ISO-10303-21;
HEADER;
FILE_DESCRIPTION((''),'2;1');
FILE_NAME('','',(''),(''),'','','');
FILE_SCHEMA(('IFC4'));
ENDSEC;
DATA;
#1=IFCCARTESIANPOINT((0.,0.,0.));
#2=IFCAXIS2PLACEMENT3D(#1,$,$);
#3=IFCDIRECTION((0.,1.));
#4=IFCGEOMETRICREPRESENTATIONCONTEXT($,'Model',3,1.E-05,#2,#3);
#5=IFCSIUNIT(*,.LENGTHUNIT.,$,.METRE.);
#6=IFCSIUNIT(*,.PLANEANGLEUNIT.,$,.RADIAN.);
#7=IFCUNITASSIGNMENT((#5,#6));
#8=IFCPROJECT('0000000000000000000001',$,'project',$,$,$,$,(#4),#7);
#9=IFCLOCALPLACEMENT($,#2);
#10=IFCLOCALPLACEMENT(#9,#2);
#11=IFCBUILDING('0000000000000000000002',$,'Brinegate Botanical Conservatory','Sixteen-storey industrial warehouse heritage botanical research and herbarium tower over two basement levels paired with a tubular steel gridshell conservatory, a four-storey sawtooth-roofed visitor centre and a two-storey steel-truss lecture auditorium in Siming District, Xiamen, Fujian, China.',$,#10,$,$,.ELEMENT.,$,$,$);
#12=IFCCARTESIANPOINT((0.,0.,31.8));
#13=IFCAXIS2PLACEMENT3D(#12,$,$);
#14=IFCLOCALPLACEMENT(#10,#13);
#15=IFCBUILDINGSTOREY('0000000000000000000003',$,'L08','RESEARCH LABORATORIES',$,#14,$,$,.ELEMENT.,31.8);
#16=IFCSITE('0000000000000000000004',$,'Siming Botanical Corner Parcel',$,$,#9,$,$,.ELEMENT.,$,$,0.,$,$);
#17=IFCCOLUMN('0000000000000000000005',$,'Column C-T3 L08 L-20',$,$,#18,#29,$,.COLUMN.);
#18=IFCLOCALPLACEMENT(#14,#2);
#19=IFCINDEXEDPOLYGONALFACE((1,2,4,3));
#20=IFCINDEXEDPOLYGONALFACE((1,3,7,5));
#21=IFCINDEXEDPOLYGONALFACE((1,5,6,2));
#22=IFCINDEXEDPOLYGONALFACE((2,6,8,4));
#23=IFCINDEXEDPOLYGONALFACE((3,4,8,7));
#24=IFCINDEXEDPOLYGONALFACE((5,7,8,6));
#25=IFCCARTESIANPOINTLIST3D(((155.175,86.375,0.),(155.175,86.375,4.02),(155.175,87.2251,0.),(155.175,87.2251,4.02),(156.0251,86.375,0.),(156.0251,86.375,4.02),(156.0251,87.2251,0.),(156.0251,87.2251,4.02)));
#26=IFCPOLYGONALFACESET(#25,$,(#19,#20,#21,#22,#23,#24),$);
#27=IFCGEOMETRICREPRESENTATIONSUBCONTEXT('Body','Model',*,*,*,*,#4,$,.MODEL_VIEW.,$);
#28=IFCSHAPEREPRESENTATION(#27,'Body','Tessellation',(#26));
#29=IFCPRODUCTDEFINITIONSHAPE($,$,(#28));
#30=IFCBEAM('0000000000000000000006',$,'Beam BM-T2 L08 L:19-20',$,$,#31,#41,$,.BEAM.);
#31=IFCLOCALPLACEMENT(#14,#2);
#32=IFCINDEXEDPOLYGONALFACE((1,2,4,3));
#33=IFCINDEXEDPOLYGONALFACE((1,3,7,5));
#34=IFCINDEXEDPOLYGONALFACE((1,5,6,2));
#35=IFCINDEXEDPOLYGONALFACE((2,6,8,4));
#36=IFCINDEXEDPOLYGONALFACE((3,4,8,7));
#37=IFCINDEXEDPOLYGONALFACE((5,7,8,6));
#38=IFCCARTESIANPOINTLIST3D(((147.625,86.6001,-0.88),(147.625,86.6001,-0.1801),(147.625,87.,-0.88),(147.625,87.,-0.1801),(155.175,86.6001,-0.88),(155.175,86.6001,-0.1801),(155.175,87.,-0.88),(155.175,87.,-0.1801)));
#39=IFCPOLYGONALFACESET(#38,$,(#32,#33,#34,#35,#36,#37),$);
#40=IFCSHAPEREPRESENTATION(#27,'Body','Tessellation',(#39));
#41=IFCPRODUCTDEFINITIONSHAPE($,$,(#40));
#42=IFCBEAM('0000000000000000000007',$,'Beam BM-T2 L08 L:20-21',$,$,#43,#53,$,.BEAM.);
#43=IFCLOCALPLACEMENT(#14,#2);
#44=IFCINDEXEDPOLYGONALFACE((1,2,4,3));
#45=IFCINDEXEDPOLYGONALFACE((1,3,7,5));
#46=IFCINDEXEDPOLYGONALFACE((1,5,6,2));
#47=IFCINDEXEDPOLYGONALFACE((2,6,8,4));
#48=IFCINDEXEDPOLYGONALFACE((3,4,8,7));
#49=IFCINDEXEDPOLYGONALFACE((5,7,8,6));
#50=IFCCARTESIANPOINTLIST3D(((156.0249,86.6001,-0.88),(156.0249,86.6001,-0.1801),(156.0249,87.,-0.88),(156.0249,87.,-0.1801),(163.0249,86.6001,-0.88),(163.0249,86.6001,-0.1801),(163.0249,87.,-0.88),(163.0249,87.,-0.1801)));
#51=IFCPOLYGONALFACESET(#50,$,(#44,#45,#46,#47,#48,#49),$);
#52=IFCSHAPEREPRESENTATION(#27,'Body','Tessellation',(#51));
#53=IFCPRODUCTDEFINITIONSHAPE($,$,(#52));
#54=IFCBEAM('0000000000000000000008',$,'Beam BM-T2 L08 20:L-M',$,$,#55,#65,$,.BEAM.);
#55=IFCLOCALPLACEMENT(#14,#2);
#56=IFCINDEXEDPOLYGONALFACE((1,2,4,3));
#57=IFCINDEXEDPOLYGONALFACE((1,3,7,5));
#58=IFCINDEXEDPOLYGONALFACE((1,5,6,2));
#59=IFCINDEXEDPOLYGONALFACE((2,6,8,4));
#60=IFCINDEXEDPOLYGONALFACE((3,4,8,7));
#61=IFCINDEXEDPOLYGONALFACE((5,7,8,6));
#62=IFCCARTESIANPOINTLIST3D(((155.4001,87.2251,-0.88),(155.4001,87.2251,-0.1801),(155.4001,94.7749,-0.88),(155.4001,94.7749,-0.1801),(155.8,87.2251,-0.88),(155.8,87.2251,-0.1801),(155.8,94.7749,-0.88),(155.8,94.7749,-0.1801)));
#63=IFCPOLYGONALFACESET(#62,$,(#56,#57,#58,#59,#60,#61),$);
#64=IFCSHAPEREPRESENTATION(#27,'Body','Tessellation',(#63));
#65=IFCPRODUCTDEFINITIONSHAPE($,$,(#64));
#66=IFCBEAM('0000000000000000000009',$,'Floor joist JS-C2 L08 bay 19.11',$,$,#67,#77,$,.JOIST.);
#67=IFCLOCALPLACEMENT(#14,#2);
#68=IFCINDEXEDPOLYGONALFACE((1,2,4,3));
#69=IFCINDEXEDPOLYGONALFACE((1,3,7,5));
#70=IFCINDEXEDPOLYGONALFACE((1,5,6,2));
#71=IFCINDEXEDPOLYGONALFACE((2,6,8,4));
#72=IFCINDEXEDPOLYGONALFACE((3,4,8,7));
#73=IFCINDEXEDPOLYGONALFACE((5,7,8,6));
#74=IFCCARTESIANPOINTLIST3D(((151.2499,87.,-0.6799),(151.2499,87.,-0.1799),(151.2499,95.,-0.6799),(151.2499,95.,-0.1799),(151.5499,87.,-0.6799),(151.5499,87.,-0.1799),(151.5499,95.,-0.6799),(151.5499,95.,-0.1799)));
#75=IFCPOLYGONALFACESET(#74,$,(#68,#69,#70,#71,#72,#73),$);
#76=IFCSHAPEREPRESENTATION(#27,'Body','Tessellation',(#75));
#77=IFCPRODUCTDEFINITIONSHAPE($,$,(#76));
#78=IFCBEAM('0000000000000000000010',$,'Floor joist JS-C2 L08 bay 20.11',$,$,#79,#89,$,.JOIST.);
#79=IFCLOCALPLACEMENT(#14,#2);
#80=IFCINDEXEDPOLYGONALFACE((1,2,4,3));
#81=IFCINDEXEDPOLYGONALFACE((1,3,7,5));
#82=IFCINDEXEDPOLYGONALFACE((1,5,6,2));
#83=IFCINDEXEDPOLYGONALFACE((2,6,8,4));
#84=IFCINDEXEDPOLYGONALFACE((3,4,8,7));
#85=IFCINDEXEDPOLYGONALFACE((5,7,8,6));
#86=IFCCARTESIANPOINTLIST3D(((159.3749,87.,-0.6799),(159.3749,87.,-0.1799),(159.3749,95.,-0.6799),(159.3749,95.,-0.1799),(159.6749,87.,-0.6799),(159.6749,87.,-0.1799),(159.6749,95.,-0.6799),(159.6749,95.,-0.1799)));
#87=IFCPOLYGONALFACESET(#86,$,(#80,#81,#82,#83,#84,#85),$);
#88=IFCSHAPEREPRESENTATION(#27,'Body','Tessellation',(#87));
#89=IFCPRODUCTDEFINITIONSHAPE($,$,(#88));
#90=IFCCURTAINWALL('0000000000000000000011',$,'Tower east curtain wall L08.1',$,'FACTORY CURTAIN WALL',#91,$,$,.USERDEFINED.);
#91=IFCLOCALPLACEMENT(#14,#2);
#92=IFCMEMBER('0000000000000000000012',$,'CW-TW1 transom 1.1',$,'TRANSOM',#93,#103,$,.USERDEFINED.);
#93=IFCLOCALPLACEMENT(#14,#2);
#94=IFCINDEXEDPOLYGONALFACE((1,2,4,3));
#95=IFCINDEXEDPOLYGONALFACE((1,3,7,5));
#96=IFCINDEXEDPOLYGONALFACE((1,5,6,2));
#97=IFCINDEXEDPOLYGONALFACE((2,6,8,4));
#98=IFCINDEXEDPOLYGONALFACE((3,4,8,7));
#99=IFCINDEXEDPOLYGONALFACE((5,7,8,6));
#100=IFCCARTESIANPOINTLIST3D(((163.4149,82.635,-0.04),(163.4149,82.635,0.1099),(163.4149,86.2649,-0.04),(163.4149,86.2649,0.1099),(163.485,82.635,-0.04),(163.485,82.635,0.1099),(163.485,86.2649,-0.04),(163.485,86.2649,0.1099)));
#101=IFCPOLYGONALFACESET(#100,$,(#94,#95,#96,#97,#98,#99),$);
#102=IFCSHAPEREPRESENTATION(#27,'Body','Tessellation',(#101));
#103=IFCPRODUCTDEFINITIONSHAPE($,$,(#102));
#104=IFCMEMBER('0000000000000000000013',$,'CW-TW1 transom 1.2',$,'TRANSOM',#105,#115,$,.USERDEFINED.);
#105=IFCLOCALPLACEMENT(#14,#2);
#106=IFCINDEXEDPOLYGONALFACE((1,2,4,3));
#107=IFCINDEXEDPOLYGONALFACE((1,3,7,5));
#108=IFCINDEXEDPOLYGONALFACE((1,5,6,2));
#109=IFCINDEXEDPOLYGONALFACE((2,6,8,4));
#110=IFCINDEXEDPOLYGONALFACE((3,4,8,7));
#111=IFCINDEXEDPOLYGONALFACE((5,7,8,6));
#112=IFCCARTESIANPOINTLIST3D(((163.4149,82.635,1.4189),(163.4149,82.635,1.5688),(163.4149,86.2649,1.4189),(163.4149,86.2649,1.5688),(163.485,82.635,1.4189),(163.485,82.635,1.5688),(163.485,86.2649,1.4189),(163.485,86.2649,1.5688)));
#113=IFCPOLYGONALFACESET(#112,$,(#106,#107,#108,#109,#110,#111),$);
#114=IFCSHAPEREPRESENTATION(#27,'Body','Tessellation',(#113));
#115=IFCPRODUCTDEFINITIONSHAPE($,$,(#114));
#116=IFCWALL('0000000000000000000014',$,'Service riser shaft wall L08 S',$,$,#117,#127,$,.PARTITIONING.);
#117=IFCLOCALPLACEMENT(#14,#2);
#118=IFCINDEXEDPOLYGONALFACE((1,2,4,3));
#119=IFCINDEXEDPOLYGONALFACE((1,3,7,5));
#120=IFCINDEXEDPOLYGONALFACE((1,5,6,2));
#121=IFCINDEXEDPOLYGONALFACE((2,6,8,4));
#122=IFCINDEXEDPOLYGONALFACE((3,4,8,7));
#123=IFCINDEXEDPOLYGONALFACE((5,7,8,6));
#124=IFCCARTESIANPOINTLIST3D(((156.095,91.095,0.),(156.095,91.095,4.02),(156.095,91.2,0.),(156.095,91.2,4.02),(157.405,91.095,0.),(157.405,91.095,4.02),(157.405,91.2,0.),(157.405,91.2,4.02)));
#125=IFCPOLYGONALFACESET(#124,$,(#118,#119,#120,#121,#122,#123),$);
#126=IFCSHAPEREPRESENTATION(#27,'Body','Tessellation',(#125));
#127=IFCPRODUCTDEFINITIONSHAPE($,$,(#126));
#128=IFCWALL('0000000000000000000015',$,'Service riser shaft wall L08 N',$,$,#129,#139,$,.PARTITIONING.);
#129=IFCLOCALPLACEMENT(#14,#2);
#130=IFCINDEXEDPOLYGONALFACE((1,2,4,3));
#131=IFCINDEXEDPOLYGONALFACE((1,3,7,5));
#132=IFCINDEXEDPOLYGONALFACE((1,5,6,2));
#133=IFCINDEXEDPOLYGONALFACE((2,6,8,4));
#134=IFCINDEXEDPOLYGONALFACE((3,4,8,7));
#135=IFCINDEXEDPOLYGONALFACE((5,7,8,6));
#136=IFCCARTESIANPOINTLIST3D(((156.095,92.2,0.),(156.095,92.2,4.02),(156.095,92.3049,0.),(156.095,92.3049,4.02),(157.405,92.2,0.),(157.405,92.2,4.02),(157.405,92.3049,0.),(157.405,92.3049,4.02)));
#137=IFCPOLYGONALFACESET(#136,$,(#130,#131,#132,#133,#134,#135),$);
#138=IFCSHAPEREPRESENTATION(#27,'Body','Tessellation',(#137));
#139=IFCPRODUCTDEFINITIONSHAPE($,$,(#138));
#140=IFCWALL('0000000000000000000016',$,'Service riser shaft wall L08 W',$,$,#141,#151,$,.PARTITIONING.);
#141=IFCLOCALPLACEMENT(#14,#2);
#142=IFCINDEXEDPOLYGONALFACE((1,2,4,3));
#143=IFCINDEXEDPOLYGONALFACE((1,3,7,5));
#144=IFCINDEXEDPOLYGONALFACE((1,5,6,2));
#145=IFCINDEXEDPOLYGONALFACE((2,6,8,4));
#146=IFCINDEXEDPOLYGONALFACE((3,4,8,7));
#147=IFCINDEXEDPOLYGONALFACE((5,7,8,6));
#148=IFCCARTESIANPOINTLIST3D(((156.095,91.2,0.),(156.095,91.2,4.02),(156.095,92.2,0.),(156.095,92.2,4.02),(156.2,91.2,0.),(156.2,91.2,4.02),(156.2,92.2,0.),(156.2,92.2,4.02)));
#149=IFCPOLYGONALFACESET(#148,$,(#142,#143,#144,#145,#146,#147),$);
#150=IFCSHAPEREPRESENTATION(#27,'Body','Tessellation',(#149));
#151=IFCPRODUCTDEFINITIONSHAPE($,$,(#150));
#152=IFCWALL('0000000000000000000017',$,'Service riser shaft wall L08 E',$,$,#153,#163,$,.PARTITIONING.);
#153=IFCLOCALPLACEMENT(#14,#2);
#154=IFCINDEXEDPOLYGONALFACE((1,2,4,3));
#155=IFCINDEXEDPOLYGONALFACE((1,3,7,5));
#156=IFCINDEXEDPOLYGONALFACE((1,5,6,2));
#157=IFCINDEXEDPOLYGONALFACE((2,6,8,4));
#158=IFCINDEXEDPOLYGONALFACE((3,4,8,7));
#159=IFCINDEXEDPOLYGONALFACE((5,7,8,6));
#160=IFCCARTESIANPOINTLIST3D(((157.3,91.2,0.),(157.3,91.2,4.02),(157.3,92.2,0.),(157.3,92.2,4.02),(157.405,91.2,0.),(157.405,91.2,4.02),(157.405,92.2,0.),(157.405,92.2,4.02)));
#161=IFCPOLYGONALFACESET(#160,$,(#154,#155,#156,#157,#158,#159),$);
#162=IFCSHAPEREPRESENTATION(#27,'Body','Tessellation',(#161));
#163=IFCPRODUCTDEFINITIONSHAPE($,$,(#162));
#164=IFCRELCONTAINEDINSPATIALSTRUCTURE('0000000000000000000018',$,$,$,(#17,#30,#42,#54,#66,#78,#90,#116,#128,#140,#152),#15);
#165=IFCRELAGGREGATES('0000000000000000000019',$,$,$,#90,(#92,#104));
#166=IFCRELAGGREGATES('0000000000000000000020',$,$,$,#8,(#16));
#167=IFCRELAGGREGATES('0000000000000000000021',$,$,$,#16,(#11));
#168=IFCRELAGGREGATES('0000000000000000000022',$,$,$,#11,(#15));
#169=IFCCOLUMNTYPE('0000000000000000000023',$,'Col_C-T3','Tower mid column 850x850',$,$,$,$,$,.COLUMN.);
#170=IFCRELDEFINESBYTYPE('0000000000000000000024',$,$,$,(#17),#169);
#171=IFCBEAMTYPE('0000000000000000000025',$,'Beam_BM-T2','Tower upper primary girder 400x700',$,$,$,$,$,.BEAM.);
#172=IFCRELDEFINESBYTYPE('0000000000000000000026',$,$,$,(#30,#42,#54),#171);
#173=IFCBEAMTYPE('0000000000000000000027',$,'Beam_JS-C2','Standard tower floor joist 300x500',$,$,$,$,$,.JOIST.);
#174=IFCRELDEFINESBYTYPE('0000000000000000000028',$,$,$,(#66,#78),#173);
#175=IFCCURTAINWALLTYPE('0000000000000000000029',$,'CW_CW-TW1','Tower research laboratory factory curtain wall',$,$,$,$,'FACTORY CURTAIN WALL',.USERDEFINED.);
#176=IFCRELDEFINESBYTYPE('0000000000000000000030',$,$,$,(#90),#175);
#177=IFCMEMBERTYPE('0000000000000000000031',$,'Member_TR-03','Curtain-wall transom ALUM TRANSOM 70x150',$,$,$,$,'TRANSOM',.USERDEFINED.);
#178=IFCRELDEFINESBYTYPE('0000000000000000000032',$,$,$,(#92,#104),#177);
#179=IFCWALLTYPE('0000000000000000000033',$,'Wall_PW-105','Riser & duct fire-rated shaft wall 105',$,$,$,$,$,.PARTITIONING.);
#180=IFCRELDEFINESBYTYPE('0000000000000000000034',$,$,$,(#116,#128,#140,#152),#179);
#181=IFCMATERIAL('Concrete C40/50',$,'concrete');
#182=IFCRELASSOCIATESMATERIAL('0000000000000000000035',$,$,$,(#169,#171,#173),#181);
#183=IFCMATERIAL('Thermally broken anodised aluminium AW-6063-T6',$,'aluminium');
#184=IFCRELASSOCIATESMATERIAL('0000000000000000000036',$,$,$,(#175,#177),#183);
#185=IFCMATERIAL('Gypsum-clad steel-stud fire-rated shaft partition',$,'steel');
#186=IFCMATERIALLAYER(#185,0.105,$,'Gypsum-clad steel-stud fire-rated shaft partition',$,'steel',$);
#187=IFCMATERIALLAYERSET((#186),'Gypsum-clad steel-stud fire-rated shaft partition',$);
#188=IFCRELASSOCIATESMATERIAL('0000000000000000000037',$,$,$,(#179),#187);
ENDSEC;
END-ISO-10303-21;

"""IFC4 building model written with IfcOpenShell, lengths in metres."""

from ifc_helpers import new_model, si_unit, direction, frame, frame_2d, origin, origin_2d, place, context, subcontext, project, spatial, rectangle, extrude, material, layer, layer_set, material_profile, profile_set, type_object, element, aggregate, save


model = new_model("IFC4")

# Units and contexts
model_context = context("Model", 3, precision=1e-05, world=origin(), true_north=direction((0.0, 1.0)))
body_context = subcontext(model_context, "Body", "Model", "MODEL_VIEW")
ifc_project = project(units=[si_unit("LENGTHUNIT", "METRE"), si_unit("PLANEANGLEUNIT", "RADIAN")], contexts=[model_context])

# Site, building, storey
site_placement = place(None, origin())
site = spatial("IfcSite", under=ifc_project, at=site_placement, Name="Siming Botanical Corner Parcel", CompositionType="ELEMENT", RefElevation=0.0)
building_placement = place(site_placement, origin())
building = spatial("IfcBuilding", under=site, at=building_placement, Name="Brinegate Botanical Conservatory", Description="Sixteen-storey industrial warehouse heritage botanical research and herbarium tower over two basement levels paired with a tubular steel gridshell conservatory, a four-storey sawtooth-roofed visitor centre and a two-storey steel-truss lecture auditorium in Siming District, Xiamen, Fujian, China.", CompositionType="ELEMENT")
storey_placement = place(building_placement, frame((0.0, 0.0, 31.8)))
storey = spatial("IfcBuildingStorey", under=building, at=storey_placement, Name="L08", Description="RESEARCH LABORATORIES", CompositionType="ELEMENT", Elevation=31.8)

# Column
ifc_material_1 = material(Name="Concrete C40/50", Category="concrete")
ifc_material_profile_1 = material_profile(ifc_material_1, rectangle(XDim=0.8501, YDim=0.8501, at=origin_2d()), Name="RC COL 850x850")
ifc_profile_set_1 = profile_set([ifc_material_profile_1], Name="Concrete C40/50")
column_type = type_object("IfcColumnType", Name="Col_C-T3", Description="Tower mid column 850x850", PredefinedType="COLUMN", material=ifc_profile_set_1)
column_placement = place(storey_placement, frame((155.6001, 86.8, 0.0), z_axis=(0.0, 0.0, 1.0), x_axis=(1.0, 0.0, 0.0)))
element("IfcColumn", 1, at=column_placement, inside=storey, type_object=column_type, Name="Column C-T3 L08 L-20", PredefinedType="COLUMN", context=body_context, shape_type="SweptSolid", body=[
    extrude(rectangle(XDim=0.8501, YDim=0.8501, at=origin_2d()), origin(), (0.0, 0.0, 1.0), 4.02),
])

# Beams
ifc_material_profile_2 = material_profile(ifc_material_1, rectangle(XDim=0.3999, YDim=0.7, at=origin_2d()), Name="RC BM 400x700")
ifc_profile_set_2 = profile_set([ifc_material_profile_2], Name="Concrete C40/50")
beam_type_1 = type_object("IfcBeamType", Name="Beam_BM-T2", Description="Tower upper primary girder 400x700", PredefinedType="BEAM", material=ifc_profile_set_2)
beam_1_placement = place(storey_placement, frame((147.625, 86.8, -0.53), z_axis=(1.0, 0.0, 0.0), x_axis=(0.0, 1.0, 0.0)))
element("IfcBeam", 2, at=beam_1_placement, inside=storey, type_object=beam_type_1, Name="Beam BM-T2 L08 L:19-20", PredefinedType="BEAM", context=body_context, shape_type="SweptSolid", body=[
    extrude(rectangle(XDim=0.3999, YDim=0.7, at=origin_2d()), origin(), (0.0, 0.0, 1.0), 7.55),
])
beam_2_placement = place(storey_placement, frame((156.0249, 86.8, -0.53), z_axis=(1.0, 0.0, 0.0), x_axis=(0.0, 1.0, 0.0)))
element("IfcBeam", 3, at=beam_2_placement, inside=storey, type_object=beam_type_1, Name="Beam BM-T2 L08 L:20-21", PredefinedType="BEAM", context=body_context, shape_type="SweptSolid", body=[
    extrude(rectangle(XDim=0.3999, YDim=0.7, at=origin_2d()), origin(), (0.0, 0.0, 1.0), 7.0),
])
beam_3_placement = place(storey_placement, frame((155.6001, 87.2251, -0.53), z_axis=(0.0, 1.0, 0.0), x_axis=(-1.0, 0.0, 0.0)))
element("IfcBeam", 4, at=beam_3_placement, inside=storey, type_object=beam_type_1, Name="Beam BM-T2 L08 20:L-M", PredefinedType="BEAM", context=body_context, shape_type="SweptSolid", body=[
    extrude(rectangle(XDim=0.3999, YDim=0.7, at=origin_2d()), origin(), (0.0, 0.0, 1.0), 7.5498),
])
ifc_material_profile_3 = material_profile(ifc_material_1, rectangle(XDim=0.3, YDim=0.5, at=origin_2d()), Name="RC JST 300x500")
ifc_profile_set_3 = profile_set([ifc_material_profile_3], Name="Concrete C40/50")
beam_type_2 = type_object("IfcBeamType", Name="Beam_JS-C2", Description="Standard tower floor joist 300x500", PredefinedType="JOIST", material=ifc_profile_set_3)
for number, where, z_axis, x_axis, name in (
    (5, (151.3999, 87.0, -0.4299), (0.0, 1.0, 0.0), (-1.0, 0.0, 0.0), "Floor joist JS-C2 L08 bay 19.11"),
    (6, (159.5249, 87.0, -0.4299), (0.0, 1.0, 0.0), (-1.0, 0.0, 0.0), "Floor joist JS-C2 L08 bay 20.11"),
):
    element("IfcBeam", number, at=place(storey_placement, frame(where, z_axis=z_axis, x_axis=x_axis)), inside=storey, type_object=beam_type_2, Name=name, PredefinedType="JOIST", context=body_context, shape_type="SweptSolid", body=[
        extrude(rectangle(XDim=0.3, YDim=0.5, at=origin_2d()), origin(), (0.0, 0.0, 1.0), 8.0),
    ])

# Curtain wall, members
ifc_material_2 = material(Name="Thermally broken anodised aluminium AW-6063-T6", Category="aluminium")
curtain_wall_type = type_object("IfcCurtainWallType", Name="CW_CW-TW1", Description="Tower research laboratory factory curtain wall", ElementType="FACTORY CURTAIN WALL", PredefinedType="USERDEFINED", material=ifc_material_2)
curtain_wall_placement = place(storey_placement, origin())
curtain_wall = element("IfcCurtainWall", 7, at=curtain_wall_placement, inside=storey, type_object=curtain_wall_type, Name="Tower east curtain wall L08.1", ObjectType="FACTORY CURTAIN WALL", PredefinedType="USERDEFINED")
ifc_material_profile_4 = material_profile(ifc_material_2, rectangle(XDim=0.0701, YDim=0.1499, at=origin_2d()), Name="ALUM TRANSOM 70x150")
ifc_profile_set_4 = profile_set([ifc_material_profile_4], Name="Thermally broken anodised aluminium AW-6063-T6")
member_type = type_object("IfcMemberType", Name="Member_TR-03", Description="Curtain-wall transom ALUM TRANSOM 70x150", ElementType="TRANSOM", PredefinedType="USERDEFINED", material=ifc_profile_set_4)
member_1_placement = place(storey_placement, frame((163.45, 86.2649, 0.0349), z_axis=(0.0, -1.0, 0.0), x_axis=(1.0, 0.0, 0.0)))
member_1 = element("IfcMember", 8, at=member_1_placement, type_object=member_type, Name="CW-TW1 transom 1.1", ObjectType="TRANSOM", PredefinedType="USERDEFINED", context=body_context, shape_type="SweptSolid", body=[
    extrude(rectangle(XDim=0.0701, YDim=0.1499, at=origin_2d()), origin(), (0.0, 0.0, 1.0), 3.6299),
])
member_2_placement = place(storey_placement, frame((163.45, 86.2649, 1.4939), z_axis=(0.0, -1.0, 0.0), x_axis=(1.0, 0.0, 0.0)))
member_2 = element("IfcMember", 9, at=member_2_placement, type_object=member_type, Name="CW-TW1 transom 1.2", ObjectType="TRANSOM", PredefinedType="USERDEFINED", context=body_context, shape_type="SweptSolid", body=[
    extrude(rectangle(XDim=0.0701, YDim=0.1499, at=origin_2d()), origin(), (0.0, 0.0, 1.0), 3.6299),
])
aggregate(curtain_wall, [member_1, member_2])

# Walls
ifc_material_3 = material(Name="Gypsum-clad steel-stud fire-rated shaft partition", Category="steel")
ifc_layer_1 = layer(ifc_material_3, 0.105, Name="Gypsum-clad steel-stud fire-rated shaft partition", Category="steel")
ifc_layer_set_1 = layer_set([ifc_layer_1], Name="Gypsum-clad steel-stud fire-rated shaft partition")
wall_type_1 = type_object("IfcWallType", Name="Wall_PW-105", Description="Riser & duct fire-rated shaft wall 105", PredefinedType="PARTITIONING", material=ifc_layer_set_1)
for number, where, z_axis, x_axis, name in (
    (10, (156.095, 91.1475, 0.0), (0.0, 0.0, 1.0), (1.0, 0.0, 0.0), "Service riser shaft wall L08 S"),
    (11, (156.095, 92.2524, 0.0), (0.0, 0.0, 1.0), (1.0, 0.0, 0.0), "Service riser shaft wall L08 N"),
):
    element("IfcWall", number, at=place(storey_placement, frame(where, z_axis=z_axis, x_axis=x_axis)), inside=storey, type_object=wall_type_1, Name=name, PredefinedType="PARTITIONING", context=body_context, shape_type="SweptSolid", body=[
        extrude(rectangle(XDim=1.3101, YDim=0.105, at=frame_2d((0.655, 0.0))), origin(), (0.0, 0.0, 1.0), 4.02),
    ])
for number, where, z_axis, x_axis, name in (
    (12, (156.1475, 91.2, 0.0), (0.0, 0.0, 1.0), (0.0, 1.0, 0.0), "Service riser shaft wall L08 W"),
    (13, (157.3525, 91.2, 0.0), (0.0, 0.0, 1.0), (0.0, 1.0, 0.0), "Service riser shaft wall L08 E"),
):
    element("IfcWall", number, at=place(storey_placement, frame(where, z_axis=z_axis, x_axis=x_axis)), inside=storey, type_object=wall_type_1, Name=name, PredefinedType="PARTITIONING", context=body_context, shape_type="SweptSolid", body=[
        extrude(rectangle(XDim=1.0, YDim=0.105, at=frame_2d((0.5, 0.0))), origin(), (0.0, 0.0, 1.0), 4.02),
    ])

save(model, "model.ifc")
